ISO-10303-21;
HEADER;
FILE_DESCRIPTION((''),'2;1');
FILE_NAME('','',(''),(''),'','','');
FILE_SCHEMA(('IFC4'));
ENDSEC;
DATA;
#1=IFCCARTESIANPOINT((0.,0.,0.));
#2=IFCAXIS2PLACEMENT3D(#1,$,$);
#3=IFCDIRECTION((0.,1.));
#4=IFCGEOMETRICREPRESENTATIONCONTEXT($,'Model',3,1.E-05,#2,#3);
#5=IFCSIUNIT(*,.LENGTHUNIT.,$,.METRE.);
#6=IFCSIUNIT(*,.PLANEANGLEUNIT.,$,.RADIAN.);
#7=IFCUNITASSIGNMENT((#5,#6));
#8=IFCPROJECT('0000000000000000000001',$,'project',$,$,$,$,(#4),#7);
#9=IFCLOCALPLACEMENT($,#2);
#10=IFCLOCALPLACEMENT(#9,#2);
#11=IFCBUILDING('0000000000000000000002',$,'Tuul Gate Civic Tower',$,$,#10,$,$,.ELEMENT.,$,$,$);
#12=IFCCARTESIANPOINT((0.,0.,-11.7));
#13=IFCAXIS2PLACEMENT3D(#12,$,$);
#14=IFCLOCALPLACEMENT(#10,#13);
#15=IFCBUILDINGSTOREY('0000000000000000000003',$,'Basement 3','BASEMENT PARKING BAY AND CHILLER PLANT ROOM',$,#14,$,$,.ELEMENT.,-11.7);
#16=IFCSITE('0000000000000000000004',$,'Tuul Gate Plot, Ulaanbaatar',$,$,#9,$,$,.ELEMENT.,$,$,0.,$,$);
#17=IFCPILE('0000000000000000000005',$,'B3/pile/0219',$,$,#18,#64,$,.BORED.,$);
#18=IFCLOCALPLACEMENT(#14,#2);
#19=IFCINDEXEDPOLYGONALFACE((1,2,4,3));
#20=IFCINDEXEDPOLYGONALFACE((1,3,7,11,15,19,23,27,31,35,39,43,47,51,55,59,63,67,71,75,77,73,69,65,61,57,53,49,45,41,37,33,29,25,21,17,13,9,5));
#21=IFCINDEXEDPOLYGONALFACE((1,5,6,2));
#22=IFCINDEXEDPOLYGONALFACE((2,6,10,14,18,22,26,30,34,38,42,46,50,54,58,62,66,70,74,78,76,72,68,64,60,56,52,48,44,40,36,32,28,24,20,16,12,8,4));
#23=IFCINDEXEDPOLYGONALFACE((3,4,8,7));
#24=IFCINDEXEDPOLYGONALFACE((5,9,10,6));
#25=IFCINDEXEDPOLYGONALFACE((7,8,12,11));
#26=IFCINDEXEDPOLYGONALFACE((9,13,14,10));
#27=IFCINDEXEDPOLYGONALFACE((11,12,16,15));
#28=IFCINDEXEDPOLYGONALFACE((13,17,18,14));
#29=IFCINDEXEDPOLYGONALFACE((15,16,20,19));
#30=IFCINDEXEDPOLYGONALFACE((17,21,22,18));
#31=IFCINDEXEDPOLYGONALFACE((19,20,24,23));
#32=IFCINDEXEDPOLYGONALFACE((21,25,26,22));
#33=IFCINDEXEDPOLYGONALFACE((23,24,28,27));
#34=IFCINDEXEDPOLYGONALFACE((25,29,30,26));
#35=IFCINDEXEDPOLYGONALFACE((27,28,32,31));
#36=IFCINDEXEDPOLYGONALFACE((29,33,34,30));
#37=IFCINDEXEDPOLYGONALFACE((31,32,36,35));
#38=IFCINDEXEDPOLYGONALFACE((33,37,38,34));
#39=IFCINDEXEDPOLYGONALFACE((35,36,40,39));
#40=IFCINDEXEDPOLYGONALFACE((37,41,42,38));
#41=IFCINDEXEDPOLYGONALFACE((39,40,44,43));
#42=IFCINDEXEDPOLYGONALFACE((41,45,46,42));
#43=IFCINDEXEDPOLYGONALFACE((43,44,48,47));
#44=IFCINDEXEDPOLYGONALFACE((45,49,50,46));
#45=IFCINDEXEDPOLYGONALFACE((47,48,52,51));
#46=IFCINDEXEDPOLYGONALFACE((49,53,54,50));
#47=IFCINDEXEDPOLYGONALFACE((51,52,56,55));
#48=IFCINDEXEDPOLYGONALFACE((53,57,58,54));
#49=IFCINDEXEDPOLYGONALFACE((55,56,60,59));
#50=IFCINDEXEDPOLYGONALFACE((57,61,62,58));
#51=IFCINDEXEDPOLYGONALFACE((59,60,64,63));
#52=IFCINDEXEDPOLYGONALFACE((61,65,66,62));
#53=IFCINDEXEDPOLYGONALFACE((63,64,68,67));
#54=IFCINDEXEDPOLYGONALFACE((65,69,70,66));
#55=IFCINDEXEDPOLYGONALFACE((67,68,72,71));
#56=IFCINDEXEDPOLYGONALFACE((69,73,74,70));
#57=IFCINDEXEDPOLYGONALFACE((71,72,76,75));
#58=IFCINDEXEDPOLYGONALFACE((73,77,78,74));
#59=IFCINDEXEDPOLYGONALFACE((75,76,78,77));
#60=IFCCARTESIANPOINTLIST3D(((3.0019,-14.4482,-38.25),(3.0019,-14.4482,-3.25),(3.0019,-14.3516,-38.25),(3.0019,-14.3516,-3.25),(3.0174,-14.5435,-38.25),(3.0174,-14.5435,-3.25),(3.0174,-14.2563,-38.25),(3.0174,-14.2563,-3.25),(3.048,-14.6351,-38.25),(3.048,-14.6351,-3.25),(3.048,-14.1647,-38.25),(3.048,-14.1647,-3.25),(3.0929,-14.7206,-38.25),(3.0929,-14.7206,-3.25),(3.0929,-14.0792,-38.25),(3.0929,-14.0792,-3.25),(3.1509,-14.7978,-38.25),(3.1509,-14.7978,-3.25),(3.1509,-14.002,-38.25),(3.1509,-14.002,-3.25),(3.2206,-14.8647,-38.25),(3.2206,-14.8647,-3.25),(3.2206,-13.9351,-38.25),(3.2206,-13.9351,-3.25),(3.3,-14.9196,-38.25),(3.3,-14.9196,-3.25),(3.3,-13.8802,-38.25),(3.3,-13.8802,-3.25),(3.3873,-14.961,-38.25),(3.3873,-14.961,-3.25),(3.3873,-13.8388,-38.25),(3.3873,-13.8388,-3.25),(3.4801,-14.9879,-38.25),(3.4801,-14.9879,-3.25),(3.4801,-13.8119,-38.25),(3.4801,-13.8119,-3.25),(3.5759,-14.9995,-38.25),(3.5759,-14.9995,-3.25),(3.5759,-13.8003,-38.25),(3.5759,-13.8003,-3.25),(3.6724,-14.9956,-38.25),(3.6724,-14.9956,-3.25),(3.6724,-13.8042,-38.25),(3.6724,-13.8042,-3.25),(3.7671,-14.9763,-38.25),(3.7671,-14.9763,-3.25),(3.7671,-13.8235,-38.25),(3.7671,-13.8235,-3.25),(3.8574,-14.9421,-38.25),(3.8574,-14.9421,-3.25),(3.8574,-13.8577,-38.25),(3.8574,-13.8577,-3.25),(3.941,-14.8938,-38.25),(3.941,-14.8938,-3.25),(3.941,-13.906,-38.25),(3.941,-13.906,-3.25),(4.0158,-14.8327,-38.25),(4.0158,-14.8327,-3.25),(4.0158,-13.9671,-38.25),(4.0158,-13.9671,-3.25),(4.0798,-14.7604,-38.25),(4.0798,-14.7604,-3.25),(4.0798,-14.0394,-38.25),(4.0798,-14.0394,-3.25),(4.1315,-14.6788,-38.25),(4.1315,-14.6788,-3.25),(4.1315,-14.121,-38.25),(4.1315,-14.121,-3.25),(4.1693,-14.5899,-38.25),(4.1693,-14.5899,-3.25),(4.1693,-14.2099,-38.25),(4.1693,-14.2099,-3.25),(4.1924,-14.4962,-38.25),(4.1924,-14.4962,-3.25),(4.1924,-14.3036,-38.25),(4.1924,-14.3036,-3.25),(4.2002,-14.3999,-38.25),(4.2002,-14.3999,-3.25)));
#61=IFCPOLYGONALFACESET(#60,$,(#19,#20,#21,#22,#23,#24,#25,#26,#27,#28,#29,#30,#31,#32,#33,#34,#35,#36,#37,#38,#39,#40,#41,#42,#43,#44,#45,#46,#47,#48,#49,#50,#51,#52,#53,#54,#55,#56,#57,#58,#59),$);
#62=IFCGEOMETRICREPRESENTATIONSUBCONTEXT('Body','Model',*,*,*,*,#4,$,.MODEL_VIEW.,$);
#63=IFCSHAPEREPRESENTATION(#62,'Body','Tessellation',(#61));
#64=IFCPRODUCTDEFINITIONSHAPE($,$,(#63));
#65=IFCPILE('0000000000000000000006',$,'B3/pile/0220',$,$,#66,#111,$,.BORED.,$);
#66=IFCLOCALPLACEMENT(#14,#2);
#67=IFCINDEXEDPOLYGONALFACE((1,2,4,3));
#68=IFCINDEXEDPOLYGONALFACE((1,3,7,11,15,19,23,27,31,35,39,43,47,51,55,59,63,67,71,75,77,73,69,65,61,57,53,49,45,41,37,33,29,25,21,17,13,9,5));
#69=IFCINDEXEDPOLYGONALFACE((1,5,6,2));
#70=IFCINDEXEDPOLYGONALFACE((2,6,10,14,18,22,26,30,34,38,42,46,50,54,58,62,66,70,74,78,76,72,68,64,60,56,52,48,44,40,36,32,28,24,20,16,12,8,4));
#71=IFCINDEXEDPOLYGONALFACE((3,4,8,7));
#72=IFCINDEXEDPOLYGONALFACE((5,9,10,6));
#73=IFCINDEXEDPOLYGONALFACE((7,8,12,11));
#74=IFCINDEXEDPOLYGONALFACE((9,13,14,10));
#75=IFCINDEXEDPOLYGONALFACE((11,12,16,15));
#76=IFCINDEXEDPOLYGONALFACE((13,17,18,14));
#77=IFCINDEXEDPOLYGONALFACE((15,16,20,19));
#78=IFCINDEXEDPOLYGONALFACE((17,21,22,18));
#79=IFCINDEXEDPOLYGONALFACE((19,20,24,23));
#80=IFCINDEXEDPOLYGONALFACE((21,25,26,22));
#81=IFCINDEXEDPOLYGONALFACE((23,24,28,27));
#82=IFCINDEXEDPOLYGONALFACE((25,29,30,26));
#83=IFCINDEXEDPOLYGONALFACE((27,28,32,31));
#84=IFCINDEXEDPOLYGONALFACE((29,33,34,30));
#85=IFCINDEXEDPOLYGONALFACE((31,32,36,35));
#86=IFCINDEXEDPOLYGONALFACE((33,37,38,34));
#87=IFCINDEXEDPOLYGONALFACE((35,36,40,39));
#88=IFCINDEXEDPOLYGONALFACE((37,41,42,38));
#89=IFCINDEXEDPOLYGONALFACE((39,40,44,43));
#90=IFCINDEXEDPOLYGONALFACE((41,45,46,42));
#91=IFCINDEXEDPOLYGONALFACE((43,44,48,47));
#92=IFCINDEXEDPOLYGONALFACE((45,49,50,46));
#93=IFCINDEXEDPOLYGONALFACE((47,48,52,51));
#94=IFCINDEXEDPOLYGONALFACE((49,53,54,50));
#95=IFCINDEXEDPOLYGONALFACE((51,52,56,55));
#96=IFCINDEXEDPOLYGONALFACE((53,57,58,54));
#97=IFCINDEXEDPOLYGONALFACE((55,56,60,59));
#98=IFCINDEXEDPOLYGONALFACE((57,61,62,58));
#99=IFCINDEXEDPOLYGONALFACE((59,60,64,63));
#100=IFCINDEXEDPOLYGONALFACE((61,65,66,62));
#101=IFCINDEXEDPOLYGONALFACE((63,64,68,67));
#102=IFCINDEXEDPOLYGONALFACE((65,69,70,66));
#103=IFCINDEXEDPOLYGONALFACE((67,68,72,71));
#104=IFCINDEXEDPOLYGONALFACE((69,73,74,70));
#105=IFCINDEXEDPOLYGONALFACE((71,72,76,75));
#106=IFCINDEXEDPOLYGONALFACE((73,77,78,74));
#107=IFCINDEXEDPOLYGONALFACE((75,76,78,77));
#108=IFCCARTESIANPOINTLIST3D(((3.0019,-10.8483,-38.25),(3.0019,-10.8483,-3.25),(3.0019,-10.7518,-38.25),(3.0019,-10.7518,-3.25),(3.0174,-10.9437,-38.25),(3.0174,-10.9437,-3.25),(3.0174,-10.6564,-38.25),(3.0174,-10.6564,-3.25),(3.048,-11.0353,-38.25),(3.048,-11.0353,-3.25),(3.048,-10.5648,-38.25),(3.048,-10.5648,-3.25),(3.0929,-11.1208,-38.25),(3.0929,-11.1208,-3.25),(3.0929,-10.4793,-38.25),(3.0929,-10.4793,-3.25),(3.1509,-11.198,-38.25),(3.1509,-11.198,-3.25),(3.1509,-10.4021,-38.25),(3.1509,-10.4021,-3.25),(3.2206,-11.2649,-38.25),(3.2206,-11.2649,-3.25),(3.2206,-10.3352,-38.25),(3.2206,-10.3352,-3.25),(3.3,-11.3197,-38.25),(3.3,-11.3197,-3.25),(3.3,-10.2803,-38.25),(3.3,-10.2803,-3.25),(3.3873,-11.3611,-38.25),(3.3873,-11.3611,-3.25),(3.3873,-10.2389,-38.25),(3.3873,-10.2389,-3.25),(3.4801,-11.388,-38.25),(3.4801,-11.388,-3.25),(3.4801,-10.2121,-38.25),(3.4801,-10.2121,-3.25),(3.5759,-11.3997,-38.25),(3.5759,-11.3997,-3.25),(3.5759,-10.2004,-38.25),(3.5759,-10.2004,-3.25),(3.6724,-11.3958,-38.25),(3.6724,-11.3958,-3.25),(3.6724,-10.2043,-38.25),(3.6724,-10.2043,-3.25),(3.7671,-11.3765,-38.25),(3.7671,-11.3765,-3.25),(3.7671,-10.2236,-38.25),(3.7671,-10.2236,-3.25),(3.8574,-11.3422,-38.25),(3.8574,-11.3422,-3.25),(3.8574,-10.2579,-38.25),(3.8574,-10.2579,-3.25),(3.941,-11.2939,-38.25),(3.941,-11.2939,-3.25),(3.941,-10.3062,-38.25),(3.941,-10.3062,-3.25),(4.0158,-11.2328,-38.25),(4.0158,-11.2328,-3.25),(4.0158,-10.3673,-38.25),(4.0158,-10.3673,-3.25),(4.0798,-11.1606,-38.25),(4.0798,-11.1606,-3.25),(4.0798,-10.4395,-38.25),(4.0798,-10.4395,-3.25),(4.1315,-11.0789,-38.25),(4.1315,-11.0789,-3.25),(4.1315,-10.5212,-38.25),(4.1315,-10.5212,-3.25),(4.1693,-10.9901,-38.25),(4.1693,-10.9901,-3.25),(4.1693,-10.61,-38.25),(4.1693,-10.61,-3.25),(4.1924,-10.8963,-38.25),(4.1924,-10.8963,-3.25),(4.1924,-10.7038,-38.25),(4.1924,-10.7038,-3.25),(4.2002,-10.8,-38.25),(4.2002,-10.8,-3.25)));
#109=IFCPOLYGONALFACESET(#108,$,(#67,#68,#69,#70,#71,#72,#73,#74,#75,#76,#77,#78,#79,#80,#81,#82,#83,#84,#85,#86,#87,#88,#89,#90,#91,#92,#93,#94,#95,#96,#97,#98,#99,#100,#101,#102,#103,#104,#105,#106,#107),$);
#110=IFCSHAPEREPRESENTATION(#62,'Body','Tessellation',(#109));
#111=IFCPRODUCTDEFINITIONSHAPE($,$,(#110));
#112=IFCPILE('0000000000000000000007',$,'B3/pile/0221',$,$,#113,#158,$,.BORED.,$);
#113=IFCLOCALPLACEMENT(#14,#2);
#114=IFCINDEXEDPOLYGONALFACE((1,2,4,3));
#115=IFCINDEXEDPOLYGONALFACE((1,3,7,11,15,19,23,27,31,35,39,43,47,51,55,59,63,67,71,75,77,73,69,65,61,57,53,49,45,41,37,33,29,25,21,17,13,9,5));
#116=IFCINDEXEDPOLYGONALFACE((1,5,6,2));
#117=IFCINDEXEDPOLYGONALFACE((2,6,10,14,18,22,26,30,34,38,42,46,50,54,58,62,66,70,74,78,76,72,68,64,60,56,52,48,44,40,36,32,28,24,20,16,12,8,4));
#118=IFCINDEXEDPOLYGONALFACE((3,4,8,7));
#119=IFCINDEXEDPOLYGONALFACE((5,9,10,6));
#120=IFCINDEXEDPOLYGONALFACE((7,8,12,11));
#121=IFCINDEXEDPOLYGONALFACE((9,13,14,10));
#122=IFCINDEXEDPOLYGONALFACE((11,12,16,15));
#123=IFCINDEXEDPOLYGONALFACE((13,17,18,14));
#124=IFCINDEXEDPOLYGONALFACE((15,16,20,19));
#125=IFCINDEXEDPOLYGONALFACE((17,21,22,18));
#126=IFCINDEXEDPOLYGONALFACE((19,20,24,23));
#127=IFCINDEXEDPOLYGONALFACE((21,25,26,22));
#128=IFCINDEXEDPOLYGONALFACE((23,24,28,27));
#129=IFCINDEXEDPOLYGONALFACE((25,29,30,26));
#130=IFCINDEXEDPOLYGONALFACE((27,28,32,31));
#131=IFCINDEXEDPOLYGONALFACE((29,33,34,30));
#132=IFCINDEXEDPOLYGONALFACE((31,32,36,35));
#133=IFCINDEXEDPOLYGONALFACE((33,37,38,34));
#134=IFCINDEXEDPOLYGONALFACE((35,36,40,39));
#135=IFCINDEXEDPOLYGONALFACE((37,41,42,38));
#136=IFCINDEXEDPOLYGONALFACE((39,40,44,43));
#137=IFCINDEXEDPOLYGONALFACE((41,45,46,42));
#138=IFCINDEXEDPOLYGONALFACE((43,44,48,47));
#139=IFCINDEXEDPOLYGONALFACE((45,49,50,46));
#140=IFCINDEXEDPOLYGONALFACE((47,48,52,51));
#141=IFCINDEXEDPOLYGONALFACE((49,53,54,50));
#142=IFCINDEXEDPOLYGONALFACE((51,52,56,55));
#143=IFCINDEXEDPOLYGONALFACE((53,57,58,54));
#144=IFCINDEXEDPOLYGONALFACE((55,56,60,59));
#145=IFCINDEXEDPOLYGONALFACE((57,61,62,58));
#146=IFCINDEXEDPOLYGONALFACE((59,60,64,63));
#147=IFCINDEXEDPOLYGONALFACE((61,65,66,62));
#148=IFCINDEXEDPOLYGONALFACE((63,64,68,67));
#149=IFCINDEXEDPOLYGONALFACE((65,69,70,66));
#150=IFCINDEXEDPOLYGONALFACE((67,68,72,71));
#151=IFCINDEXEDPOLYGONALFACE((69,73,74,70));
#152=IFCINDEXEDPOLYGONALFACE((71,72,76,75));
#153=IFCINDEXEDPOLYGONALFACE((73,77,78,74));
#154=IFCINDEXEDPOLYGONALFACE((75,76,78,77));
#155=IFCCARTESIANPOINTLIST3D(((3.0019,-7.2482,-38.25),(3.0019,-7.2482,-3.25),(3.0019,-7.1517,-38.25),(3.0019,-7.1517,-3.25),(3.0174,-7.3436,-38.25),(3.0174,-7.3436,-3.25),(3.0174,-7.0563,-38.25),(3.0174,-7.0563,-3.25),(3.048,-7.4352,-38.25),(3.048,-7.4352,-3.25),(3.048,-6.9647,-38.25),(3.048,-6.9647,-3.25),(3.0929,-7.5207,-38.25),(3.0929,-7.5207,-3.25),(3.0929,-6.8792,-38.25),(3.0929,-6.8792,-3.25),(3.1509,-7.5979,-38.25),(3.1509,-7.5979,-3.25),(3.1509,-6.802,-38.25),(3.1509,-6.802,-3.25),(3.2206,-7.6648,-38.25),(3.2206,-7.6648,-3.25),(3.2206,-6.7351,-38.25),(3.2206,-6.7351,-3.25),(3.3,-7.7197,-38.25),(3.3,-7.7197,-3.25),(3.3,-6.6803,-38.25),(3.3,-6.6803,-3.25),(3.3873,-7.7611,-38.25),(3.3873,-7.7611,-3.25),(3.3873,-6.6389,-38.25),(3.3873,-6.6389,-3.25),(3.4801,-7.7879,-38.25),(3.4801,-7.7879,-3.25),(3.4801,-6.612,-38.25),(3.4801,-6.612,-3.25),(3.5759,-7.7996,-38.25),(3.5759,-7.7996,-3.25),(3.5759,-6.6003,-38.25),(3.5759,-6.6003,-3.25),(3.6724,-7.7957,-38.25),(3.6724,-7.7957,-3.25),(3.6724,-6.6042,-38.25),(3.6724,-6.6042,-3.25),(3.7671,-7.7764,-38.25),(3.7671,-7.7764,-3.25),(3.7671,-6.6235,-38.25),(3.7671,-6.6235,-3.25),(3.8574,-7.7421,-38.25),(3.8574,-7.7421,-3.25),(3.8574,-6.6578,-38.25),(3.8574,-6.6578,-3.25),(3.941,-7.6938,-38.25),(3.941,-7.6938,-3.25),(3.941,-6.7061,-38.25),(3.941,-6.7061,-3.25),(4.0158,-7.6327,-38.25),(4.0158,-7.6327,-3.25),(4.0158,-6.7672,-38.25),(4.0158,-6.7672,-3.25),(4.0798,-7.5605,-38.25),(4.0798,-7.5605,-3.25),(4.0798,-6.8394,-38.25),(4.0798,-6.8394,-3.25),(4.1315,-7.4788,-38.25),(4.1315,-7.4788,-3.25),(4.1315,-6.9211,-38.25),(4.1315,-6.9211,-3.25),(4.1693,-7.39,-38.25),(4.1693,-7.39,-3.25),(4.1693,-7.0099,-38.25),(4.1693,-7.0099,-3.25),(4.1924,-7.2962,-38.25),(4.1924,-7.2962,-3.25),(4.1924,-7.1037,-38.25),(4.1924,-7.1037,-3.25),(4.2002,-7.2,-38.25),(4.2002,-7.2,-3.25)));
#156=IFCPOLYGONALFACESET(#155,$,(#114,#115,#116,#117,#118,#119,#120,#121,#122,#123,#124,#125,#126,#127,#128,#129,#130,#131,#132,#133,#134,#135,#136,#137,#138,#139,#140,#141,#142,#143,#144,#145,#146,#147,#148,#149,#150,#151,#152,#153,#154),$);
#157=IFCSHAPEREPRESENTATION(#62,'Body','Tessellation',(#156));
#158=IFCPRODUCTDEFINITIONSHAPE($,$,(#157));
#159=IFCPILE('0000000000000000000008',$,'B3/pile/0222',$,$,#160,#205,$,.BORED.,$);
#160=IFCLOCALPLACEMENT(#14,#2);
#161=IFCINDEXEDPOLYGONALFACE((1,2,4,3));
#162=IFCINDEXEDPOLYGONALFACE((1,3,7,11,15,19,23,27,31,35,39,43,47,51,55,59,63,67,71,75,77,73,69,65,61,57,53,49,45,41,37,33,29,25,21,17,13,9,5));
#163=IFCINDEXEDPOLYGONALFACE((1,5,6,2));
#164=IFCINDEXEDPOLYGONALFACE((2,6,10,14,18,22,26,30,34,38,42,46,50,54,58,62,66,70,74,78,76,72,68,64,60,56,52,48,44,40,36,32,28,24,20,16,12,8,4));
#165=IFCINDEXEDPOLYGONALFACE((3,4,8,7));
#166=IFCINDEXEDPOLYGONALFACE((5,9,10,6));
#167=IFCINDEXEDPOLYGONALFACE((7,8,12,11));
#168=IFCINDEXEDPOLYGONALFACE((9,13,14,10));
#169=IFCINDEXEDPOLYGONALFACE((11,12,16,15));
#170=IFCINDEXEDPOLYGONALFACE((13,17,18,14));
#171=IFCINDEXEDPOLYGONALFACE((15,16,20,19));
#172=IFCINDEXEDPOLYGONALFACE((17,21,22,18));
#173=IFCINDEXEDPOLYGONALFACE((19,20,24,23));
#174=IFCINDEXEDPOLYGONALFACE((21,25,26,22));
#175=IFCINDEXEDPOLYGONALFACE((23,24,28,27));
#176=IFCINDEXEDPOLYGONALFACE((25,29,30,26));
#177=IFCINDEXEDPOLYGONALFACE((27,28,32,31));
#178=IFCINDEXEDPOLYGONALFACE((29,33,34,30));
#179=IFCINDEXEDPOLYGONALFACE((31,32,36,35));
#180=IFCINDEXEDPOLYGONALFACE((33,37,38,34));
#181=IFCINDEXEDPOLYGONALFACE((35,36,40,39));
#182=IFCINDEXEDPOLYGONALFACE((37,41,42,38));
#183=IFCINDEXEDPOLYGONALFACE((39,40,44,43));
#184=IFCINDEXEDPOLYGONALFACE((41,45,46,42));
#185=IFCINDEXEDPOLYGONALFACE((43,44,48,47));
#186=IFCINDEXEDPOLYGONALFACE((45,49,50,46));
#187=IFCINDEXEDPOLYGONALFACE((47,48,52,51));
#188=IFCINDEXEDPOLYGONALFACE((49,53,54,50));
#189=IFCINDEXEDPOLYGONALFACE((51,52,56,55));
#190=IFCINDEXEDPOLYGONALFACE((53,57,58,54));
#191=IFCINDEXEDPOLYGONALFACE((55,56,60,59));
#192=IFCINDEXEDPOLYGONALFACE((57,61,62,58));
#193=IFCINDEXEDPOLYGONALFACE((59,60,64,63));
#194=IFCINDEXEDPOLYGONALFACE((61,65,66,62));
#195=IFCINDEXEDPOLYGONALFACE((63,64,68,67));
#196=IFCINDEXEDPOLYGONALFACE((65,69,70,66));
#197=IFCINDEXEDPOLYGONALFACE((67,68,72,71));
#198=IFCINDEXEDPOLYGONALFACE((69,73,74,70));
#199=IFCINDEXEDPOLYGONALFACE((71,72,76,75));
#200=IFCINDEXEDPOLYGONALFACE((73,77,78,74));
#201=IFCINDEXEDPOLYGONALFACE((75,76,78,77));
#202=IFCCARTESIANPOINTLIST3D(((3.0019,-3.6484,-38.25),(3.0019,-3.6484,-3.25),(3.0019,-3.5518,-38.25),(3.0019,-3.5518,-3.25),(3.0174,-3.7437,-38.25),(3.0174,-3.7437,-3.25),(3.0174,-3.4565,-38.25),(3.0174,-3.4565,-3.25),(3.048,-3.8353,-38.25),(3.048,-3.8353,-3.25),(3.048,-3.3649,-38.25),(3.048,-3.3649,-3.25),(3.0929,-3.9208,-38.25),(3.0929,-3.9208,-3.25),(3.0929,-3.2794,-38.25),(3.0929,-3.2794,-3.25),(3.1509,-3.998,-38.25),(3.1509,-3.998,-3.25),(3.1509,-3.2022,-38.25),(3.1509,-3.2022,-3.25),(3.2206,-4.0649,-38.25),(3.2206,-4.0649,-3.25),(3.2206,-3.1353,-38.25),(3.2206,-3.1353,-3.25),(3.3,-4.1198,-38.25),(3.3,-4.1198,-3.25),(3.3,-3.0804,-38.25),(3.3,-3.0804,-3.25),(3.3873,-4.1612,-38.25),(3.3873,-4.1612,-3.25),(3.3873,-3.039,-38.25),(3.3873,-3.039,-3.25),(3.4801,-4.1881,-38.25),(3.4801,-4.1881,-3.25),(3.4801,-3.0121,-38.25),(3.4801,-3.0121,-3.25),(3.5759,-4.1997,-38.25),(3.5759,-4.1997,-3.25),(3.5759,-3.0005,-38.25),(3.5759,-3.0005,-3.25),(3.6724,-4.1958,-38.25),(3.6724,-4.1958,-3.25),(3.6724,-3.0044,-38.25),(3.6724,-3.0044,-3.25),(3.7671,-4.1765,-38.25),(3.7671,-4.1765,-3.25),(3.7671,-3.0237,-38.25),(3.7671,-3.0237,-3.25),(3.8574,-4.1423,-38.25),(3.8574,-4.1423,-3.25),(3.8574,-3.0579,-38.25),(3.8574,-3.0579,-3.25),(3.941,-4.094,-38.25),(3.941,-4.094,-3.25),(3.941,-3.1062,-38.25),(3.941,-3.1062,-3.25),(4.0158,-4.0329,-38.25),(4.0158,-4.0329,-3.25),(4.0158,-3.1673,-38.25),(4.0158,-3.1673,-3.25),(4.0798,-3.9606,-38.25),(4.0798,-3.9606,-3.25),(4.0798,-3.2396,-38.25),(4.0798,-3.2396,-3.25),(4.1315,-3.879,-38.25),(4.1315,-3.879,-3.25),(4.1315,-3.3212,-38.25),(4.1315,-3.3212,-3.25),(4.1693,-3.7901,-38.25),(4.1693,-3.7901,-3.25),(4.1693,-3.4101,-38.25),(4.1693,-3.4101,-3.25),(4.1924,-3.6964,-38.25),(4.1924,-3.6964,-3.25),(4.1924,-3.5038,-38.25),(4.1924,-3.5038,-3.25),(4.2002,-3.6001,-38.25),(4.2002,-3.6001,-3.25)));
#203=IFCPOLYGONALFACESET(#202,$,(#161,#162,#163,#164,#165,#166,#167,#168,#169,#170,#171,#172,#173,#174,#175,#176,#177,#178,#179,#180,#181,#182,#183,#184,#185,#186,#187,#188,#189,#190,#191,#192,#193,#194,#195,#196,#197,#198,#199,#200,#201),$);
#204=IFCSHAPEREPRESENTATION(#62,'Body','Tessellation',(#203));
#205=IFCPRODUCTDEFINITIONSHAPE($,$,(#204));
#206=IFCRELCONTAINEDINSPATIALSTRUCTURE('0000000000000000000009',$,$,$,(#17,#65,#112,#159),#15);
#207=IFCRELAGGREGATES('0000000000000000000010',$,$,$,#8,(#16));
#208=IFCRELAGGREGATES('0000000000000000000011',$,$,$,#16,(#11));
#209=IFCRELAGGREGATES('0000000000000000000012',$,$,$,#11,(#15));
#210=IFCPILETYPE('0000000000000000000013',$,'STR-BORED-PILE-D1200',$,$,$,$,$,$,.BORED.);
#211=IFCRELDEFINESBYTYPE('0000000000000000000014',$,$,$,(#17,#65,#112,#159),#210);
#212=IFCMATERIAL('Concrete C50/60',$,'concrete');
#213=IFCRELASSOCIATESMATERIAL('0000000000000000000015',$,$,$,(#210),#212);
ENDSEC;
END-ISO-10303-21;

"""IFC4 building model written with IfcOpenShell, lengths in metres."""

from ifc_helpers import new_model, si_unit, direction, frame, origin, origin_2d, place, context, subcontext, project, spatial, circle, extrude, material, material_profile, profile_set, type_object, element, save


model = new_model("IFC4")

# Units and contexts
model_context = context("Model", 3, precision=1e-05, world=origin(), true_north=direction((0.0, 1.0)))
body_context = subcontext(model_context, "Body", "Model", "MODEL_VIEW")
ifc_project = project(units=[si_unit("LENGTHUNIT", "METRE"), si_unit("PLANEANGLEUNIT", "RADIAN")], contexts=[model_context])

# Site, building, storey
site_placement = place(None, origin())
site = spatial("IfcSite", under=ifc_project, at=site_placement, Name="Tuul Gate Plot, Ulaanbaatar", CompositionType="ELEMENT", RefElevation=0.0)
building_placement = place(site_placement, origin())
building = spatial("IfcBuilding", under=site, at=building_placement, Name="Tuul Gate Civic Tower", CompositionType="ELEMENT")
storey_placement = place(building_placement, frame((0.0, 0.0, -11.7)))
storey = spatial("IfcBuildingStorey", under=building, at=storey_placement, Name="Basement 3", Description="BASEMENT PARKING BAY AND CHILLER PLANT ROOM", CompositionType="ELEMENT", Elevation=-11.7)

# Piles
ifc_material_1 = material(Name="Concrete C50/60", Category="concrete")
ifc_material_profile_1 = material_profile(ifc_material_1, circle(Radius=0.6001, at=origin_2d()), Name="PILE1200")
ifc_profile_set_1 = profile_set([ifc_material_profile_1], Name="Concrete C50/60")
pile_type = type_object("IfcPileType", Name="STR-BORED-PILE-D1200", PredefinedType="BORED", material=ifc_profile_set_1)
for number, where, z_axis, x_axis, name in (
    (1, (3.6001, -14.3999, -3.25), (0.0, 0.0, -1.0), (1.0, 0.0, 0.0), "B3/pile/0219"),
    (2, (3.6001, -10.8, -3.25), (0.0, 0.0, -1.0), (1.0, 0.0, 0.0), "B3/pile/0220"),
    (3, (3.6001, -7.2, -3.25), (0.0, 0.0, -1.0), (1.0, 0.0, 0.0), "B3/pile/0221"),
    (4, (3.6001, -3.6001, -3.25), (0.0, 0.0, -1.0), (1.0, 0.0, 0.0), "B3/pile/0222"),
):
    element("IfcPile", number, at=place(storey_placement, frame(where, z_axis=z_axis, x_axis=x_axis)), inside=storey, type_object=pile_type, Name=name, PredefinedType="BORED", context=body_context, shape_type="SweptSolid", body=[
        extrude(circle(Radius=0.6001, at=origin_2d()), origin(), (0.0, 0.0, 1.0), 35.0),
    ])

save(model, "model.ifc")
